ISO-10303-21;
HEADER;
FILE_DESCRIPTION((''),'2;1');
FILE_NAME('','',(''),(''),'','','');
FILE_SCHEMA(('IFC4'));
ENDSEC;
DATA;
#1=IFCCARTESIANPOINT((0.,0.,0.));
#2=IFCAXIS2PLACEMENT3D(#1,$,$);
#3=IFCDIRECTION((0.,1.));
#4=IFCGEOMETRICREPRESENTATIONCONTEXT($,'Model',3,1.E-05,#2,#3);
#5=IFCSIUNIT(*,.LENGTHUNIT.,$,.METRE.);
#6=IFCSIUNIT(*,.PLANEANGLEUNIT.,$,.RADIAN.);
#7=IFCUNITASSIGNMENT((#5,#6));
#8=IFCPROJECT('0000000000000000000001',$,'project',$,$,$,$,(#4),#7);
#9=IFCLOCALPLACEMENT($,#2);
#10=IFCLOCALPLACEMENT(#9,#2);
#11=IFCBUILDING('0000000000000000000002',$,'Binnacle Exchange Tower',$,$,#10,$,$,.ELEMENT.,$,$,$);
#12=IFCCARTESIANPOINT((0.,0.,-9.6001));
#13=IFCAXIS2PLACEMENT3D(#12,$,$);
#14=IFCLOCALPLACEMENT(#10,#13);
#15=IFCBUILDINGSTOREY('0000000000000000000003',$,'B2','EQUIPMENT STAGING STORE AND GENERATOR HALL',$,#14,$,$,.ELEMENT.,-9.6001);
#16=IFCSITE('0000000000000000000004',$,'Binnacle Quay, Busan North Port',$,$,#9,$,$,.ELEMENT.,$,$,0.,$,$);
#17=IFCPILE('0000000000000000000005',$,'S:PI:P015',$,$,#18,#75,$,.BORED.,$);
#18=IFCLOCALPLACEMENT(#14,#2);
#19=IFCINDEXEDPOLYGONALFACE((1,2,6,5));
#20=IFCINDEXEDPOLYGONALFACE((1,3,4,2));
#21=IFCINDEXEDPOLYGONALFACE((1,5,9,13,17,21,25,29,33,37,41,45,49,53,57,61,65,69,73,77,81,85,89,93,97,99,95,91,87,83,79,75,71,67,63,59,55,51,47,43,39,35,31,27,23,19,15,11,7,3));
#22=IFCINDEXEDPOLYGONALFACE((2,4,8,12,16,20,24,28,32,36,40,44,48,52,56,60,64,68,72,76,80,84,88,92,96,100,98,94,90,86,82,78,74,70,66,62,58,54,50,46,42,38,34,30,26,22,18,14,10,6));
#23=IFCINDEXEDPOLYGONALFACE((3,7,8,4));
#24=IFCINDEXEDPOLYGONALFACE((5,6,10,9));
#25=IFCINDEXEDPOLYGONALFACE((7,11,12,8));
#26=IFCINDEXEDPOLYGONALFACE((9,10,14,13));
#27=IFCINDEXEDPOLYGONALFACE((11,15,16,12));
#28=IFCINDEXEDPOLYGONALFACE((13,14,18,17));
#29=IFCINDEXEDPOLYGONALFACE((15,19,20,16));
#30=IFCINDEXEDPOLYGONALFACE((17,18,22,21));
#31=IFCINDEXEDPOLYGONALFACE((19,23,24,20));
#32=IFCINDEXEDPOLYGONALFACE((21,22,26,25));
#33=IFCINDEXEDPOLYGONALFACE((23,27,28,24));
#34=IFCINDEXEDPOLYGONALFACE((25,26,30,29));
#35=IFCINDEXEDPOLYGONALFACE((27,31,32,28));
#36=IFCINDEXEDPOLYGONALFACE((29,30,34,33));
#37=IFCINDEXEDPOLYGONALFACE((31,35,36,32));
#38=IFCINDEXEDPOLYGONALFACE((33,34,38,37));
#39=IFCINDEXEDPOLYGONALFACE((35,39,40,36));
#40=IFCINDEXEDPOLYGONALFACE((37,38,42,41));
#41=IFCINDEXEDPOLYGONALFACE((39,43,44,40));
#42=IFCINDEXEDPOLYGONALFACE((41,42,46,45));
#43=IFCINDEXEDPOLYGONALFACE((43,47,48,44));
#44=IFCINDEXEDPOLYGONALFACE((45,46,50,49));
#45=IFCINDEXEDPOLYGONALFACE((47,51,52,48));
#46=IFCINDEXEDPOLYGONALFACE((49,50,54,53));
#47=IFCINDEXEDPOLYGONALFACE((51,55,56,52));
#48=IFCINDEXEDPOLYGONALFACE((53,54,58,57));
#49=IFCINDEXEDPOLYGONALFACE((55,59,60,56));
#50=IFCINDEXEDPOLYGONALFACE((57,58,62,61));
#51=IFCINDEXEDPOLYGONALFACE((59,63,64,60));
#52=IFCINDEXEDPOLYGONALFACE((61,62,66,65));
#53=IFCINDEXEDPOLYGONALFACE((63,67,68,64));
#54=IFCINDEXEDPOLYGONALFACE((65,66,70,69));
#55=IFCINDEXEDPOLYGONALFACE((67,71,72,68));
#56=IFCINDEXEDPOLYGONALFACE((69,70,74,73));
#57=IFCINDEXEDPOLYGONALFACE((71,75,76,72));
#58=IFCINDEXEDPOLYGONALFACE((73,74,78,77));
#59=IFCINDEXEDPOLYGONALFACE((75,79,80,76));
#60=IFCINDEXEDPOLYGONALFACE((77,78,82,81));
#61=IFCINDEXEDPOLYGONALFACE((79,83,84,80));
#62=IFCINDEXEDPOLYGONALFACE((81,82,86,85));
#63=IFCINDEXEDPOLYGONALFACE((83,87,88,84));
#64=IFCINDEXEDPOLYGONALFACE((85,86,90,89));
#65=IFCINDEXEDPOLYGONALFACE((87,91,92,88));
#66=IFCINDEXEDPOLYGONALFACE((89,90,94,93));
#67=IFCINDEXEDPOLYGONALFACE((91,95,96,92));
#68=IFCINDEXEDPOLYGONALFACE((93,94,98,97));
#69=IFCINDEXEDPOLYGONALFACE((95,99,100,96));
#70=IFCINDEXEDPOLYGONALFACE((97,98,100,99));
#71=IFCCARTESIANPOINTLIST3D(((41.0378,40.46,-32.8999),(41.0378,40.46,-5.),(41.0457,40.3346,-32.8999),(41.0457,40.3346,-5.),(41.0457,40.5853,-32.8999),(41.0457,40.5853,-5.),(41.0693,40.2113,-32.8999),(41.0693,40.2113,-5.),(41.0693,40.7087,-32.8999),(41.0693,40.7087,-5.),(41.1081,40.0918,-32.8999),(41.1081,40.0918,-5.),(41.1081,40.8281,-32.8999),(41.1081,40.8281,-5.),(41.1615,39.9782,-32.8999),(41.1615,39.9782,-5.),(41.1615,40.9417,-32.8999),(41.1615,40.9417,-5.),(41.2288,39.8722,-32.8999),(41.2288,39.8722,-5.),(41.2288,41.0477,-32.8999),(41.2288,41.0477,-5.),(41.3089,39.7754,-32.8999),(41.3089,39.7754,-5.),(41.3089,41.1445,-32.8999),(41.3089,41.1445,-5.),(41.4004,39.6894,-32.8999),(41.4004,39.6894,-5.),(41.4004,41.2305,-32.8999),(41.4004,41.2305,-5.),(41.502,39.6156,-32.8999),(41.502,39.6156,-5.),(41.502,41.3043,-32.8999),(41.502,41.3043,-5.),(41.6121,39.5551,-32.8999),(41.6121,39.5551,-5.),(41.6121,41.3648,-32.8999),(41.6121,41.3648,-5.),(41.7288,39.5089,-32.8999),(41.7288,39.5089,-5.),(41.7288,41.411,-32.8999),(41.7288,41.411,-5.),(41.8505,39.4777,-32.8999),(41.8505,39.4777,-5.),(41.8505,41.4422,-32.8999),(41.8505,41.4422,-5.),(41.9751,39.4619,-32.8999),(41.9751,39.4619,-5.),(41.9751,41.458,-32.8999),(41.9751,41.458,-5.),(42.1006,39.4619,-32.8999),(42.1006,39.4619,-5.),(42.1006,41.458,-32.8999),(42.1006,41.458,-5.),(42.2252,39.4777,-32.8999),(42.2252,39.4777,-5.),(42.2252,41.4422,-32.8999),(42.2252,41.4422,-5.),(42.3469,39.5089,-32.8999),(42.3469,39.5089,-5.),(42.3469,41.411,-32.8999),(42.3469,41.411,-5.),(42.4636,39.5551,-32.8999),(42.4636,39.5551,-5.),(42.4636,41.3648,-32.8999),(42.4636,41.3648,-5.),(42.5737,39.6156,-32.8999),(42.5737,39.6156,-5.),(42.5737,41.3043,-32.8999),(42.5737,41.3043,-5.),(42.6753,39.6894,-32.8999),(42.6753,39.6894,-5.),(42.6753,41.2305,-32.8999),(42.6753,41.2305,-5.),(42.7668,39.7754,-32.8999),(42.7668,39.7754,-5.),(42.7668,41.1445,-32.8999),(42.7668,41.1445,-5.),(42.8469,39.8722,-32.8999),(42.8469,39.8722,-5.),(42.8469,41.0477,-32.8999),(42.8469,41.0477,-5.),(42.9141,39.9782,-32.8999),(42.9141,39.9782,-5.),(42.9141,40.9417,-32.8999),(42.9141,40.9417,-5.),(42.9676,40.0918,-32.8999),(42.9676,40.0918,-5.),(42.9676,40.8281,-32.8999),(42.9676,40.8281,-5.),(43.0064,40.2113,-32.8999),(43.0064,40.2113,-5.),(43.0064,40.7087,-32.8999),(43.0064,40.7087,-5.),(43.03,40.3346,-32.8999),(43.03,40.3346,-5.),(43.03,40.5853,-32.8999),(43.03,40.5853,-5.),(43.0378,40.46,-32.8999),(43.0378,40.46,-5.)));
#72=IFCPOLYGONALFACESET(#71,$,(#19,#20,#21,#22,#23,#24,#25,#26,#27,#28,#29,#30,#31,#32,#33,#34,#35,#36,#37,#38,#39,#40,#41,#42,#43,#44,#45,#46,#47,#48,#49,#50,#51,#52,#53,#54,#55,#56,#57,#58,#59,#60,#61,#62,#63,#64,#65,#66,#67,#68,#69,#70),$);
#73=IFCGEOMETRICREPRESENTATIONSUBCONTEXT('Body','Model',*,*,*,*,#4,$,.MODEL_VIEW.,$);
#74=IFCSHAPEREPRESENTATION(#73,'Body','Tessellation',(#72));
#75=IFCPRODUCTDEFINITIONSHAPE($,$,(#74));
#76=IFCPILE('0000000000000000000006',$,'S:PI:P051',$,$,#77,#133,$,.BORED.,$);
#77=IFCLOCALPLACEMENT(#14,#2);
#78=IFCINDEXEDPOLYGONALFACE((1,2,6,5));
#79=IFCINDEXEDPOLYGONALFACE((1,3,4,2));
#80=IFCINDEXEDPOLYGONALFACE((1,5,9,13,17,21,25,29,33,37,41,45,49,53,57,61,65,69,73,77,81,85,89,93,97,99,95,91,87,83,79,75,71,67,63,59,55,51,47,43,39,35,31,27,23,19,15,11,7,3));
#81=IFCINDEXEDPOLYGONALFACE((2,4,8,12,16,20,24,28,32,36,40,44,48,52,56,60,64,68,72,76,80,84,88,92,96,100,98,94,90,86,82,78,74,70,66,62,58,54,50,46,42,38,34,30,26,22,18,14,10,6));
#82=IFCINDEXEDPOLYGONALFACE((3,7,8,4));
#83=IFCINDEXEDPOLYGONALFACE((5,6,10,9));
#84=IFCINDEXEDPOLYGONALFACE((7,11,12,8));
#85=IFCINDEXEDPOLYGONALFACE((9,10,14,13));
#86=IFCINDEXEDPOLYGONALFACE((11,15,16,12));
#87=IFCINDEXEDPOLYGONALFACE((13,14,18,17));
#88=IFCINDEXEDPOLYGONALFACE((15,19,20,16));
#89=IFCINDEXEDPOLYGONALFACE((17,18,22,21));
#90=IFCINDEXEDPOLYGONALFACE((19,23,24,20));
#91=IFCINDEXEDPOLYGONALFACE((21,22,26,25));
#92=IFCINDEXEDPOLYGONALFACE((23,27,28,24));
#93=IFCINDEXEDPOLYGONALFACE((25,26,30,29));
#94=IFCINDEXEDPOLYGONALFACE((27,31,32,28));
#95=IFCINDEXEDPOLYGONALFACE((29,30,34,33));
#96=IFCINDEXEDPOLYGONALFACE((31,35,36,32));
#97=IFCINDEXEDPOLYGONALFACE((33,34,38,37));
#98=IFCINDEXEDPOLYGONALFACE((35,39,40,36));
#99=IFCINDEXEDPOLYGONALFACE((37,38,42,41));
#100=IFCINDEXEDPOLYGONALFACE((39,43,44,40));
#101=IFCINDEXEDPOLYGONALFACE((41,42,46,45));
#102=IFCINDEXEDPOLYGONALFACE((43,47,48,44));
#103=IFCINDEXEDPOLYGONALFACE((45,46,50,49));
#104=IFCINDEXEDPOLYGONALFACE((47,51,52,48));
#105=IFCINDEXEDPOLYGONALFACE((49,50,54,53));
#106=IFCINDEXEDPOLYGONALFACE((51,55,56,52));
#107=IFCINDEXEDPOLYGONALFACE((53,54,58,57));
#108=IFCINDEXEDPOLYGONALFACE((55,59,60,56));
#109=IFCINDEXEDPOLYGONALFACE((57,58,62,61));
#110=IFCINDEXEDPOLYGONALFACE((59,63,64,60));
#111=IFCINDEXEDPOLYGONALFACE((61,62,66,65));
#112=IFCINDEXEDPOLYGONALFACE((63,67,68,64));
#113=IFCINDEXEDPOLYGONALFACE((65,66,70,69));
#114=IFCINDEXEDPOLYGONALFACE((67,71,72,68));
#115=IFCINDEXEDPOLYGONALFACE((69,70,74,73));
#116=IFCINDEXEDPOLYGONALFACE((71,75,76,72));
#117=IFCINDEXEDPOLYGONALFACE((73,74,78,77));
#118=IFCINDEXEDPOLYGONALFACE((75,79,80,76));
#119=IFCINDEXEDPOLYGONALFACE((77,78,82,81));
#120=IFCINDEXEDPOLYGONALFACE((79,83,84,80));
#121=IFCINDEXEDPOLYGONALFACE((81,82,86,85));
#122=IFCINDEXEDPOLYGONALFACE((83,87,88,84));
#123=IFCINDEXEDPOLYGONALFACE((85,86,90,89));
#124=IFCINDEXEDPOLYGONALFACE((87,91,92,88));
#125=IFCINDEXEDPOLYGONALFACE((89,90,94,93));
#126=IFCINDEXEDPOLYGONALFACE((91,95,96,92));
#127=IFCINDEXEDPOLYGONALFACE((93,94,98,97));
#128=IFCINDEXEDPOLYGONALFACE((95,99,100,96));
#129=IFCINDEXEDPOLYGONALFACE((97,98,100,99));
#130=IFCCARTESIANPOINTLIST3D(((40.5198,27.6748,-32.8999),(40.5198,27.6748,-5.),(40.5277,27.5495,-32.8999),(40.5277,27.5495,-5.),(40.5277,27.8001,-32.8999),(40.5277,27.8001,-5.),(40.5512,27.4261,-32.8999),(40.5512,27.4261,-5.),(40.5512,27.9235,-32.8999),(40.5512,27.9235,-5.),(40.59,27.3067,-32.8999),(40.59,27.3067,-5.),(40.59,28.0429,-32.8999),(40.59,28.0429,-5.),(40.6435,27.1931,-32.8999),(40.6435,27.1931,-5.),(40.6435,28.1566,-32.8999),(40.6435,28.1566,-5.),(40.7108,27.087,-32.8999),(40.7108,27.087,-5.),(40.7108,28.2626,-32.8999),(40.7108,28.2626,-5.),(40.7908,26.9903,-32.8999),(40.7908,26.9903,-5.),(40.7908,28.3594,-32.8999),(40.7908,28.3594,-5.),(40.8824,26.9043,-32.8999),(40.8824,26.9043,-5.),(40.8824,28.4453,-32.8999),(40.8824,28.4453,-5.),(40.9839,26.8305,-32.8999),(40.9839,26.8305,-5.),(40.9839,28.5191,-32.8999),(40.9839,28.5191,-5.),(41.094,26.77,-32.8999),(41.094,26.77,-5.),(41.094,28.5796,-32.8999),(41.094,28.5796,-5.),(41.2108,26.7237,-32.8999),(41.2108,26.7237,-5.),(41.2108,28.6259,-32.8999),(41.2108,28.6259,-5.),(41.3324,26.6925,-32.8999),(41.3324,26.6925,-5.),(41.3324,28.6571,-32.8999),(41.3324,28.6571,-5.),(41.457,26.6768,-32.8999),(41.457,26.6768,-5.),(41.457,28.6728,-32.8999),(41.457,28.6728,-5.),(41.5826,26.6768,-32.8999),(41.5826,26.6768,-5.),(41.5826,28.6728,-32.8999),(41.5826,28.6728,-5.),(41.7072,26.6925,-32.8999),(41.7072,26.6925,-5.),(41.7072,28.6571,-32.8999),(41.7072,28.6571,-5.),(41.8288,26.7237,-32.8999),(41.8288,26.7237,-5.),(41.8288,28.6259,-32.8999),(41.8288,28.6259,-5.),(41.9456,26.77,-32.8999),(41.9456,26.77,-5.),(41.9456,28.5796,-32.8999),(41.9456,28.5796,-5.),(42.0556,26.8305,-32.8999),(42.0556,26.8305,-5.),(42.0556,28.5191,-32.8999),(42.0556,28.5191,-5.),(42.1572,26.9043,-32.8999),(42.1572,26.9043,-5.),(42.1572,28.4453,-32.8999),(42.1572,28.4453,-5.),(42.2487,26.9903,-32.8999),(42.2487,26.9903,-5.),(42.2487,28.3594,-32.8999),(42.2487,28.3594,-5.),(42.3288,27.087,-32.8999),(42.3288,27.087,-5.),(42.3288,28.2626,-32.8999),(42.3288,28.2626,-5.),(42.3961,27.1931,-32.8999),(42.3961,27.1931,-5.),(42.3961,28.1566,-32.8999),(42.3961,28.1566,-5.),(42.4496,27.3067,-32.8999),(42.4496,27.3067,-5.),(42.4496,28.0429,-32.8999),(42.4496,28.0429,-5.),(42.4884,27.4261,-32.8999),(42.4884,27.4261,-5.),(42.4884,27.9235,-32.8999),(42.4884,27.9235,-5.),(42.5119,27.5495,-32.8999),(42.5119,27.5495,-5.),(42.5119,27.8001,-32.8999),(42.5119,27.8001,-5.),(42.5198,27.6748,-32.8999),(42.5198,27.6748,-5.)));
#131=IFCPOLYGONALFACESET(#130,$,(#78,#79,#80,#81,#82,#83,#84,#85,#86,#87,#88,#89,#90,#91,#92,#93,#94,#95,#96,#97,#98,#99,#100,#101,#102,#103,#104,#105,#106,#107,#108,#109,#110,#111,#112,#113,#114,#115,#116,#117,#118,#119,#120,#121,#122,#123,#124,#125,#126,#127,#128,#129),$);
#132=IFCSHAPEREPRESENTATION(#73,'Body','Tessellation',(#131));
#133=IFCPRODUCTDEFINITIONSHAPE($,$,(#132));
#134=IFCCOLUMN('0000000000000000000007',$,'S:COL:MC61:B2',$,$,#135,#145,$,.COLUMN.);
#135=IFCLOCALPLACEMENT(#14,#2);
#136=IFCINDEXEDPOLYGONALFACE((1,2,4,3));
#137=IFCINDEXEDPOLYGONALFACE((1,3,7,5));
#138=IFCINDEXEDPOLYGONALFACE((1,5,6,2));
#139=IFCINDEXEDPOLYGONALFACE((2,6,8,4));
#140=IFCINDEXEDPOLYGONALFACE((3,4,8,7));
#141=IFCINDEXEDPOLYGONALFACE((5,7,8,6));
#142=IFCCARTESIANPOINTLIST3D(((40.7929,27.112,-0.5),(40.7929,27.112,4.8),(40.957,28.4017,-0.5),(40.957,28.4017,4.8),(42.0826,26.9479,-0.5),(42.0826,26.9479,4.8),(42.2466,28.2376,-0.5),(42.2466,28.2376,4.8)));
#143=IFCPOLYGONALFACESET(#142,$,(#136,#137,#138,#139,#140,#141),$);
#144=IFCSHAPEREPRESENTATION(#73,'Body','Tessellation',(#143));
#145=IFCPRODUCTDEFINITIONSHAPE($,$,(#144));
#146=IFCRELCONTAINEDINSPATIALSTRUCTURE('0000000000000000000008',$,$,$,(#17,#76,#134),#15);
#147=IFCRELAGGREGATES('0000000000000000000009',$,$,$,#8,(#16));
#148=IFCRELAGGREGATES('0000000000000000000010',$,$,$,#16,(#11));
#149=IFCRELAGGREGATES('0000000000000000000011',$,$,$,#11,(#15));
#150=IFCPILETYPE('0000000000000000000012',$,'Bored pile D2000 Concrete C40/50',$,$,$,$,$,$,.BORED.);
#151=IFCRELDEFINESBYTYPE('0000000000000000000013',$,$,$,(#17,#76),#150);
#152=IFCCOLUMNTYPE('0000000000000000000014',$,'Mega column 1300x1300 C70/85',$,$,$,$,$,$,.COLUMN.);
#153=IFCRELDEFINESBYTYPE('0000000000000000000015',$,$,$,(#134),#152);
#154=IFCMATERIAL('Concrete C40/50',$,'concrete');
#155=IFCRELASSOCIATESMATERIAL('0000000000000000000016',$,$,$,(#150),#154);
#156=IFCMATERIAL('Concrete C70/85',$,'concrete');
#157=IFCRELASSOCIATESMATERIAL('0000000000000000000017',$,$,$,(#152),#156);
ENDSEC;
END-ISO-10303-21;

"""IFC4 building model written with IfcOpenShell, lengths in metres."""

from ifc_helpers import new_model, si_unit, direction, frame, origin, origin_2d, place, context, subcontext, project, spatial, rectangle, circle, extrude, material, material_profile, profile_set, type_object, element, save


model = new_model("IFC4")

# Units and contexts
model_context = context("Model", 3, precision=1e-05, world=origin(), true_north=direction((0.0, 1.0)))
body_context = subcontext(model_context, "Body", "Model", "MODEL_VIEW")
ifc_project = project(units=[si_unit("LENGTHUNIT", "METRE"), si_unit("PLANEANGLEUNIT", "RADIAN")], contexts=[model_context])

# Site, building, storey
site_placement = place(None, origin())
site = spatial("IfcSite", under=ifc_project, at=site_placement, Name="Binnacle Quay, Busan North Port", CompositionType="ELEMENT", RefElevation=0.0)
building_placement = place(site_placement, origin())
building = spatial("IfcBuilding", under=site, at=building_placement, Name="Binnacle Exchange Tower", CompositionType="ELEMENT")
storey_placement = place(building_placement, frame((0.0, 0.0, -9.6001)))
storey = spatial("IfcBuildingStorey", under=building, at=storey_placement, Name="B2", Description="EQUIPMENT STAGING STORE AND GENERATOR HALL", CompositionType="ELEMENT", Elevation=-9.6001)

# Piles
ifc_material_1 = material(Name="Concrete C40/50", Category="concrete")
ifc_material_profile_1 = material_profile(ifc_material_1, circle(Radius=1.0, at=origin_2d()), Name="Bored pile D2000")
ifc_profile_set_1 = profile_set([ifc_material_profile_1], Name="Concrete C40/50")
pile_type = type_object("IfcPileType", Name="Bored pile D2000 Concrete C40/50", PredefinedType="BORED", material=ifc_profile_set_1)
for number, where, z_axis, x_axis, name in (
    (1, (42.0378, 40.46, -5.0), (0.0, 0.0, -1.0), (1.0, 0.0, 0.0), "S:PI:P015"),
    (2, (41.5198, 27.6748, -5.0), (0.0, 0.0, -1.0), (1.0, 0.0, 0.0), "S:PI:P051"),
):
    element("IfcPile", number, at=place(storey_placement, frame(where, z_axis=z_axis, x_axis=x_axis)), inside=storey, type_object=pile_type, Name=name, PredefinedType="BORED", context=body_context, shape_type="SweptSolid", body=[
        extrude(circle(Radius=1.0, at=origin_2d()), origin(), (0.0, 0.0, 1.0), 27.8999),
    ])

# Column
ifc_material_2 = material(Name="Concrete C70/85", Category="concrete")
ifc_material_profile_2 = material_profile(ifc_material_2, rectangle(XDim=1.3, YDim=1.3, at=origin_2d()), Name="Mega column 1300x1300 C70/85")
ifc_profile_set_2 = profile_set([ifc_material_profile_2], Name="Concrete C70/85")
column_type = type_object("IfcColumnType", Name="Mega column 1300x1300 C70/85", PredefinedType="COLUMN", material=ifc_profile_set_2)
column_placement = place(storey_placement, frame((41.5198, 27.6748, -0.5), z_axis=(0.0, 0.0, 1.0), x_axis=(0.992005, -0.126199, 0.0)))
element("IfcColumn", 3, at=column_placement, inside=storey, type_object=column_type, Name="S:COL:MC61:B2", PredefinedType="COLUMN", context=body_context, shape_type="SweptSolid", body=[
    extrude(rectangle(XDim=1.3, YDim=1.3, at=origin_2d()), origin(), (0.0, 0.0, 1.0), 5.3),
])

save(model, "model.ifc")
